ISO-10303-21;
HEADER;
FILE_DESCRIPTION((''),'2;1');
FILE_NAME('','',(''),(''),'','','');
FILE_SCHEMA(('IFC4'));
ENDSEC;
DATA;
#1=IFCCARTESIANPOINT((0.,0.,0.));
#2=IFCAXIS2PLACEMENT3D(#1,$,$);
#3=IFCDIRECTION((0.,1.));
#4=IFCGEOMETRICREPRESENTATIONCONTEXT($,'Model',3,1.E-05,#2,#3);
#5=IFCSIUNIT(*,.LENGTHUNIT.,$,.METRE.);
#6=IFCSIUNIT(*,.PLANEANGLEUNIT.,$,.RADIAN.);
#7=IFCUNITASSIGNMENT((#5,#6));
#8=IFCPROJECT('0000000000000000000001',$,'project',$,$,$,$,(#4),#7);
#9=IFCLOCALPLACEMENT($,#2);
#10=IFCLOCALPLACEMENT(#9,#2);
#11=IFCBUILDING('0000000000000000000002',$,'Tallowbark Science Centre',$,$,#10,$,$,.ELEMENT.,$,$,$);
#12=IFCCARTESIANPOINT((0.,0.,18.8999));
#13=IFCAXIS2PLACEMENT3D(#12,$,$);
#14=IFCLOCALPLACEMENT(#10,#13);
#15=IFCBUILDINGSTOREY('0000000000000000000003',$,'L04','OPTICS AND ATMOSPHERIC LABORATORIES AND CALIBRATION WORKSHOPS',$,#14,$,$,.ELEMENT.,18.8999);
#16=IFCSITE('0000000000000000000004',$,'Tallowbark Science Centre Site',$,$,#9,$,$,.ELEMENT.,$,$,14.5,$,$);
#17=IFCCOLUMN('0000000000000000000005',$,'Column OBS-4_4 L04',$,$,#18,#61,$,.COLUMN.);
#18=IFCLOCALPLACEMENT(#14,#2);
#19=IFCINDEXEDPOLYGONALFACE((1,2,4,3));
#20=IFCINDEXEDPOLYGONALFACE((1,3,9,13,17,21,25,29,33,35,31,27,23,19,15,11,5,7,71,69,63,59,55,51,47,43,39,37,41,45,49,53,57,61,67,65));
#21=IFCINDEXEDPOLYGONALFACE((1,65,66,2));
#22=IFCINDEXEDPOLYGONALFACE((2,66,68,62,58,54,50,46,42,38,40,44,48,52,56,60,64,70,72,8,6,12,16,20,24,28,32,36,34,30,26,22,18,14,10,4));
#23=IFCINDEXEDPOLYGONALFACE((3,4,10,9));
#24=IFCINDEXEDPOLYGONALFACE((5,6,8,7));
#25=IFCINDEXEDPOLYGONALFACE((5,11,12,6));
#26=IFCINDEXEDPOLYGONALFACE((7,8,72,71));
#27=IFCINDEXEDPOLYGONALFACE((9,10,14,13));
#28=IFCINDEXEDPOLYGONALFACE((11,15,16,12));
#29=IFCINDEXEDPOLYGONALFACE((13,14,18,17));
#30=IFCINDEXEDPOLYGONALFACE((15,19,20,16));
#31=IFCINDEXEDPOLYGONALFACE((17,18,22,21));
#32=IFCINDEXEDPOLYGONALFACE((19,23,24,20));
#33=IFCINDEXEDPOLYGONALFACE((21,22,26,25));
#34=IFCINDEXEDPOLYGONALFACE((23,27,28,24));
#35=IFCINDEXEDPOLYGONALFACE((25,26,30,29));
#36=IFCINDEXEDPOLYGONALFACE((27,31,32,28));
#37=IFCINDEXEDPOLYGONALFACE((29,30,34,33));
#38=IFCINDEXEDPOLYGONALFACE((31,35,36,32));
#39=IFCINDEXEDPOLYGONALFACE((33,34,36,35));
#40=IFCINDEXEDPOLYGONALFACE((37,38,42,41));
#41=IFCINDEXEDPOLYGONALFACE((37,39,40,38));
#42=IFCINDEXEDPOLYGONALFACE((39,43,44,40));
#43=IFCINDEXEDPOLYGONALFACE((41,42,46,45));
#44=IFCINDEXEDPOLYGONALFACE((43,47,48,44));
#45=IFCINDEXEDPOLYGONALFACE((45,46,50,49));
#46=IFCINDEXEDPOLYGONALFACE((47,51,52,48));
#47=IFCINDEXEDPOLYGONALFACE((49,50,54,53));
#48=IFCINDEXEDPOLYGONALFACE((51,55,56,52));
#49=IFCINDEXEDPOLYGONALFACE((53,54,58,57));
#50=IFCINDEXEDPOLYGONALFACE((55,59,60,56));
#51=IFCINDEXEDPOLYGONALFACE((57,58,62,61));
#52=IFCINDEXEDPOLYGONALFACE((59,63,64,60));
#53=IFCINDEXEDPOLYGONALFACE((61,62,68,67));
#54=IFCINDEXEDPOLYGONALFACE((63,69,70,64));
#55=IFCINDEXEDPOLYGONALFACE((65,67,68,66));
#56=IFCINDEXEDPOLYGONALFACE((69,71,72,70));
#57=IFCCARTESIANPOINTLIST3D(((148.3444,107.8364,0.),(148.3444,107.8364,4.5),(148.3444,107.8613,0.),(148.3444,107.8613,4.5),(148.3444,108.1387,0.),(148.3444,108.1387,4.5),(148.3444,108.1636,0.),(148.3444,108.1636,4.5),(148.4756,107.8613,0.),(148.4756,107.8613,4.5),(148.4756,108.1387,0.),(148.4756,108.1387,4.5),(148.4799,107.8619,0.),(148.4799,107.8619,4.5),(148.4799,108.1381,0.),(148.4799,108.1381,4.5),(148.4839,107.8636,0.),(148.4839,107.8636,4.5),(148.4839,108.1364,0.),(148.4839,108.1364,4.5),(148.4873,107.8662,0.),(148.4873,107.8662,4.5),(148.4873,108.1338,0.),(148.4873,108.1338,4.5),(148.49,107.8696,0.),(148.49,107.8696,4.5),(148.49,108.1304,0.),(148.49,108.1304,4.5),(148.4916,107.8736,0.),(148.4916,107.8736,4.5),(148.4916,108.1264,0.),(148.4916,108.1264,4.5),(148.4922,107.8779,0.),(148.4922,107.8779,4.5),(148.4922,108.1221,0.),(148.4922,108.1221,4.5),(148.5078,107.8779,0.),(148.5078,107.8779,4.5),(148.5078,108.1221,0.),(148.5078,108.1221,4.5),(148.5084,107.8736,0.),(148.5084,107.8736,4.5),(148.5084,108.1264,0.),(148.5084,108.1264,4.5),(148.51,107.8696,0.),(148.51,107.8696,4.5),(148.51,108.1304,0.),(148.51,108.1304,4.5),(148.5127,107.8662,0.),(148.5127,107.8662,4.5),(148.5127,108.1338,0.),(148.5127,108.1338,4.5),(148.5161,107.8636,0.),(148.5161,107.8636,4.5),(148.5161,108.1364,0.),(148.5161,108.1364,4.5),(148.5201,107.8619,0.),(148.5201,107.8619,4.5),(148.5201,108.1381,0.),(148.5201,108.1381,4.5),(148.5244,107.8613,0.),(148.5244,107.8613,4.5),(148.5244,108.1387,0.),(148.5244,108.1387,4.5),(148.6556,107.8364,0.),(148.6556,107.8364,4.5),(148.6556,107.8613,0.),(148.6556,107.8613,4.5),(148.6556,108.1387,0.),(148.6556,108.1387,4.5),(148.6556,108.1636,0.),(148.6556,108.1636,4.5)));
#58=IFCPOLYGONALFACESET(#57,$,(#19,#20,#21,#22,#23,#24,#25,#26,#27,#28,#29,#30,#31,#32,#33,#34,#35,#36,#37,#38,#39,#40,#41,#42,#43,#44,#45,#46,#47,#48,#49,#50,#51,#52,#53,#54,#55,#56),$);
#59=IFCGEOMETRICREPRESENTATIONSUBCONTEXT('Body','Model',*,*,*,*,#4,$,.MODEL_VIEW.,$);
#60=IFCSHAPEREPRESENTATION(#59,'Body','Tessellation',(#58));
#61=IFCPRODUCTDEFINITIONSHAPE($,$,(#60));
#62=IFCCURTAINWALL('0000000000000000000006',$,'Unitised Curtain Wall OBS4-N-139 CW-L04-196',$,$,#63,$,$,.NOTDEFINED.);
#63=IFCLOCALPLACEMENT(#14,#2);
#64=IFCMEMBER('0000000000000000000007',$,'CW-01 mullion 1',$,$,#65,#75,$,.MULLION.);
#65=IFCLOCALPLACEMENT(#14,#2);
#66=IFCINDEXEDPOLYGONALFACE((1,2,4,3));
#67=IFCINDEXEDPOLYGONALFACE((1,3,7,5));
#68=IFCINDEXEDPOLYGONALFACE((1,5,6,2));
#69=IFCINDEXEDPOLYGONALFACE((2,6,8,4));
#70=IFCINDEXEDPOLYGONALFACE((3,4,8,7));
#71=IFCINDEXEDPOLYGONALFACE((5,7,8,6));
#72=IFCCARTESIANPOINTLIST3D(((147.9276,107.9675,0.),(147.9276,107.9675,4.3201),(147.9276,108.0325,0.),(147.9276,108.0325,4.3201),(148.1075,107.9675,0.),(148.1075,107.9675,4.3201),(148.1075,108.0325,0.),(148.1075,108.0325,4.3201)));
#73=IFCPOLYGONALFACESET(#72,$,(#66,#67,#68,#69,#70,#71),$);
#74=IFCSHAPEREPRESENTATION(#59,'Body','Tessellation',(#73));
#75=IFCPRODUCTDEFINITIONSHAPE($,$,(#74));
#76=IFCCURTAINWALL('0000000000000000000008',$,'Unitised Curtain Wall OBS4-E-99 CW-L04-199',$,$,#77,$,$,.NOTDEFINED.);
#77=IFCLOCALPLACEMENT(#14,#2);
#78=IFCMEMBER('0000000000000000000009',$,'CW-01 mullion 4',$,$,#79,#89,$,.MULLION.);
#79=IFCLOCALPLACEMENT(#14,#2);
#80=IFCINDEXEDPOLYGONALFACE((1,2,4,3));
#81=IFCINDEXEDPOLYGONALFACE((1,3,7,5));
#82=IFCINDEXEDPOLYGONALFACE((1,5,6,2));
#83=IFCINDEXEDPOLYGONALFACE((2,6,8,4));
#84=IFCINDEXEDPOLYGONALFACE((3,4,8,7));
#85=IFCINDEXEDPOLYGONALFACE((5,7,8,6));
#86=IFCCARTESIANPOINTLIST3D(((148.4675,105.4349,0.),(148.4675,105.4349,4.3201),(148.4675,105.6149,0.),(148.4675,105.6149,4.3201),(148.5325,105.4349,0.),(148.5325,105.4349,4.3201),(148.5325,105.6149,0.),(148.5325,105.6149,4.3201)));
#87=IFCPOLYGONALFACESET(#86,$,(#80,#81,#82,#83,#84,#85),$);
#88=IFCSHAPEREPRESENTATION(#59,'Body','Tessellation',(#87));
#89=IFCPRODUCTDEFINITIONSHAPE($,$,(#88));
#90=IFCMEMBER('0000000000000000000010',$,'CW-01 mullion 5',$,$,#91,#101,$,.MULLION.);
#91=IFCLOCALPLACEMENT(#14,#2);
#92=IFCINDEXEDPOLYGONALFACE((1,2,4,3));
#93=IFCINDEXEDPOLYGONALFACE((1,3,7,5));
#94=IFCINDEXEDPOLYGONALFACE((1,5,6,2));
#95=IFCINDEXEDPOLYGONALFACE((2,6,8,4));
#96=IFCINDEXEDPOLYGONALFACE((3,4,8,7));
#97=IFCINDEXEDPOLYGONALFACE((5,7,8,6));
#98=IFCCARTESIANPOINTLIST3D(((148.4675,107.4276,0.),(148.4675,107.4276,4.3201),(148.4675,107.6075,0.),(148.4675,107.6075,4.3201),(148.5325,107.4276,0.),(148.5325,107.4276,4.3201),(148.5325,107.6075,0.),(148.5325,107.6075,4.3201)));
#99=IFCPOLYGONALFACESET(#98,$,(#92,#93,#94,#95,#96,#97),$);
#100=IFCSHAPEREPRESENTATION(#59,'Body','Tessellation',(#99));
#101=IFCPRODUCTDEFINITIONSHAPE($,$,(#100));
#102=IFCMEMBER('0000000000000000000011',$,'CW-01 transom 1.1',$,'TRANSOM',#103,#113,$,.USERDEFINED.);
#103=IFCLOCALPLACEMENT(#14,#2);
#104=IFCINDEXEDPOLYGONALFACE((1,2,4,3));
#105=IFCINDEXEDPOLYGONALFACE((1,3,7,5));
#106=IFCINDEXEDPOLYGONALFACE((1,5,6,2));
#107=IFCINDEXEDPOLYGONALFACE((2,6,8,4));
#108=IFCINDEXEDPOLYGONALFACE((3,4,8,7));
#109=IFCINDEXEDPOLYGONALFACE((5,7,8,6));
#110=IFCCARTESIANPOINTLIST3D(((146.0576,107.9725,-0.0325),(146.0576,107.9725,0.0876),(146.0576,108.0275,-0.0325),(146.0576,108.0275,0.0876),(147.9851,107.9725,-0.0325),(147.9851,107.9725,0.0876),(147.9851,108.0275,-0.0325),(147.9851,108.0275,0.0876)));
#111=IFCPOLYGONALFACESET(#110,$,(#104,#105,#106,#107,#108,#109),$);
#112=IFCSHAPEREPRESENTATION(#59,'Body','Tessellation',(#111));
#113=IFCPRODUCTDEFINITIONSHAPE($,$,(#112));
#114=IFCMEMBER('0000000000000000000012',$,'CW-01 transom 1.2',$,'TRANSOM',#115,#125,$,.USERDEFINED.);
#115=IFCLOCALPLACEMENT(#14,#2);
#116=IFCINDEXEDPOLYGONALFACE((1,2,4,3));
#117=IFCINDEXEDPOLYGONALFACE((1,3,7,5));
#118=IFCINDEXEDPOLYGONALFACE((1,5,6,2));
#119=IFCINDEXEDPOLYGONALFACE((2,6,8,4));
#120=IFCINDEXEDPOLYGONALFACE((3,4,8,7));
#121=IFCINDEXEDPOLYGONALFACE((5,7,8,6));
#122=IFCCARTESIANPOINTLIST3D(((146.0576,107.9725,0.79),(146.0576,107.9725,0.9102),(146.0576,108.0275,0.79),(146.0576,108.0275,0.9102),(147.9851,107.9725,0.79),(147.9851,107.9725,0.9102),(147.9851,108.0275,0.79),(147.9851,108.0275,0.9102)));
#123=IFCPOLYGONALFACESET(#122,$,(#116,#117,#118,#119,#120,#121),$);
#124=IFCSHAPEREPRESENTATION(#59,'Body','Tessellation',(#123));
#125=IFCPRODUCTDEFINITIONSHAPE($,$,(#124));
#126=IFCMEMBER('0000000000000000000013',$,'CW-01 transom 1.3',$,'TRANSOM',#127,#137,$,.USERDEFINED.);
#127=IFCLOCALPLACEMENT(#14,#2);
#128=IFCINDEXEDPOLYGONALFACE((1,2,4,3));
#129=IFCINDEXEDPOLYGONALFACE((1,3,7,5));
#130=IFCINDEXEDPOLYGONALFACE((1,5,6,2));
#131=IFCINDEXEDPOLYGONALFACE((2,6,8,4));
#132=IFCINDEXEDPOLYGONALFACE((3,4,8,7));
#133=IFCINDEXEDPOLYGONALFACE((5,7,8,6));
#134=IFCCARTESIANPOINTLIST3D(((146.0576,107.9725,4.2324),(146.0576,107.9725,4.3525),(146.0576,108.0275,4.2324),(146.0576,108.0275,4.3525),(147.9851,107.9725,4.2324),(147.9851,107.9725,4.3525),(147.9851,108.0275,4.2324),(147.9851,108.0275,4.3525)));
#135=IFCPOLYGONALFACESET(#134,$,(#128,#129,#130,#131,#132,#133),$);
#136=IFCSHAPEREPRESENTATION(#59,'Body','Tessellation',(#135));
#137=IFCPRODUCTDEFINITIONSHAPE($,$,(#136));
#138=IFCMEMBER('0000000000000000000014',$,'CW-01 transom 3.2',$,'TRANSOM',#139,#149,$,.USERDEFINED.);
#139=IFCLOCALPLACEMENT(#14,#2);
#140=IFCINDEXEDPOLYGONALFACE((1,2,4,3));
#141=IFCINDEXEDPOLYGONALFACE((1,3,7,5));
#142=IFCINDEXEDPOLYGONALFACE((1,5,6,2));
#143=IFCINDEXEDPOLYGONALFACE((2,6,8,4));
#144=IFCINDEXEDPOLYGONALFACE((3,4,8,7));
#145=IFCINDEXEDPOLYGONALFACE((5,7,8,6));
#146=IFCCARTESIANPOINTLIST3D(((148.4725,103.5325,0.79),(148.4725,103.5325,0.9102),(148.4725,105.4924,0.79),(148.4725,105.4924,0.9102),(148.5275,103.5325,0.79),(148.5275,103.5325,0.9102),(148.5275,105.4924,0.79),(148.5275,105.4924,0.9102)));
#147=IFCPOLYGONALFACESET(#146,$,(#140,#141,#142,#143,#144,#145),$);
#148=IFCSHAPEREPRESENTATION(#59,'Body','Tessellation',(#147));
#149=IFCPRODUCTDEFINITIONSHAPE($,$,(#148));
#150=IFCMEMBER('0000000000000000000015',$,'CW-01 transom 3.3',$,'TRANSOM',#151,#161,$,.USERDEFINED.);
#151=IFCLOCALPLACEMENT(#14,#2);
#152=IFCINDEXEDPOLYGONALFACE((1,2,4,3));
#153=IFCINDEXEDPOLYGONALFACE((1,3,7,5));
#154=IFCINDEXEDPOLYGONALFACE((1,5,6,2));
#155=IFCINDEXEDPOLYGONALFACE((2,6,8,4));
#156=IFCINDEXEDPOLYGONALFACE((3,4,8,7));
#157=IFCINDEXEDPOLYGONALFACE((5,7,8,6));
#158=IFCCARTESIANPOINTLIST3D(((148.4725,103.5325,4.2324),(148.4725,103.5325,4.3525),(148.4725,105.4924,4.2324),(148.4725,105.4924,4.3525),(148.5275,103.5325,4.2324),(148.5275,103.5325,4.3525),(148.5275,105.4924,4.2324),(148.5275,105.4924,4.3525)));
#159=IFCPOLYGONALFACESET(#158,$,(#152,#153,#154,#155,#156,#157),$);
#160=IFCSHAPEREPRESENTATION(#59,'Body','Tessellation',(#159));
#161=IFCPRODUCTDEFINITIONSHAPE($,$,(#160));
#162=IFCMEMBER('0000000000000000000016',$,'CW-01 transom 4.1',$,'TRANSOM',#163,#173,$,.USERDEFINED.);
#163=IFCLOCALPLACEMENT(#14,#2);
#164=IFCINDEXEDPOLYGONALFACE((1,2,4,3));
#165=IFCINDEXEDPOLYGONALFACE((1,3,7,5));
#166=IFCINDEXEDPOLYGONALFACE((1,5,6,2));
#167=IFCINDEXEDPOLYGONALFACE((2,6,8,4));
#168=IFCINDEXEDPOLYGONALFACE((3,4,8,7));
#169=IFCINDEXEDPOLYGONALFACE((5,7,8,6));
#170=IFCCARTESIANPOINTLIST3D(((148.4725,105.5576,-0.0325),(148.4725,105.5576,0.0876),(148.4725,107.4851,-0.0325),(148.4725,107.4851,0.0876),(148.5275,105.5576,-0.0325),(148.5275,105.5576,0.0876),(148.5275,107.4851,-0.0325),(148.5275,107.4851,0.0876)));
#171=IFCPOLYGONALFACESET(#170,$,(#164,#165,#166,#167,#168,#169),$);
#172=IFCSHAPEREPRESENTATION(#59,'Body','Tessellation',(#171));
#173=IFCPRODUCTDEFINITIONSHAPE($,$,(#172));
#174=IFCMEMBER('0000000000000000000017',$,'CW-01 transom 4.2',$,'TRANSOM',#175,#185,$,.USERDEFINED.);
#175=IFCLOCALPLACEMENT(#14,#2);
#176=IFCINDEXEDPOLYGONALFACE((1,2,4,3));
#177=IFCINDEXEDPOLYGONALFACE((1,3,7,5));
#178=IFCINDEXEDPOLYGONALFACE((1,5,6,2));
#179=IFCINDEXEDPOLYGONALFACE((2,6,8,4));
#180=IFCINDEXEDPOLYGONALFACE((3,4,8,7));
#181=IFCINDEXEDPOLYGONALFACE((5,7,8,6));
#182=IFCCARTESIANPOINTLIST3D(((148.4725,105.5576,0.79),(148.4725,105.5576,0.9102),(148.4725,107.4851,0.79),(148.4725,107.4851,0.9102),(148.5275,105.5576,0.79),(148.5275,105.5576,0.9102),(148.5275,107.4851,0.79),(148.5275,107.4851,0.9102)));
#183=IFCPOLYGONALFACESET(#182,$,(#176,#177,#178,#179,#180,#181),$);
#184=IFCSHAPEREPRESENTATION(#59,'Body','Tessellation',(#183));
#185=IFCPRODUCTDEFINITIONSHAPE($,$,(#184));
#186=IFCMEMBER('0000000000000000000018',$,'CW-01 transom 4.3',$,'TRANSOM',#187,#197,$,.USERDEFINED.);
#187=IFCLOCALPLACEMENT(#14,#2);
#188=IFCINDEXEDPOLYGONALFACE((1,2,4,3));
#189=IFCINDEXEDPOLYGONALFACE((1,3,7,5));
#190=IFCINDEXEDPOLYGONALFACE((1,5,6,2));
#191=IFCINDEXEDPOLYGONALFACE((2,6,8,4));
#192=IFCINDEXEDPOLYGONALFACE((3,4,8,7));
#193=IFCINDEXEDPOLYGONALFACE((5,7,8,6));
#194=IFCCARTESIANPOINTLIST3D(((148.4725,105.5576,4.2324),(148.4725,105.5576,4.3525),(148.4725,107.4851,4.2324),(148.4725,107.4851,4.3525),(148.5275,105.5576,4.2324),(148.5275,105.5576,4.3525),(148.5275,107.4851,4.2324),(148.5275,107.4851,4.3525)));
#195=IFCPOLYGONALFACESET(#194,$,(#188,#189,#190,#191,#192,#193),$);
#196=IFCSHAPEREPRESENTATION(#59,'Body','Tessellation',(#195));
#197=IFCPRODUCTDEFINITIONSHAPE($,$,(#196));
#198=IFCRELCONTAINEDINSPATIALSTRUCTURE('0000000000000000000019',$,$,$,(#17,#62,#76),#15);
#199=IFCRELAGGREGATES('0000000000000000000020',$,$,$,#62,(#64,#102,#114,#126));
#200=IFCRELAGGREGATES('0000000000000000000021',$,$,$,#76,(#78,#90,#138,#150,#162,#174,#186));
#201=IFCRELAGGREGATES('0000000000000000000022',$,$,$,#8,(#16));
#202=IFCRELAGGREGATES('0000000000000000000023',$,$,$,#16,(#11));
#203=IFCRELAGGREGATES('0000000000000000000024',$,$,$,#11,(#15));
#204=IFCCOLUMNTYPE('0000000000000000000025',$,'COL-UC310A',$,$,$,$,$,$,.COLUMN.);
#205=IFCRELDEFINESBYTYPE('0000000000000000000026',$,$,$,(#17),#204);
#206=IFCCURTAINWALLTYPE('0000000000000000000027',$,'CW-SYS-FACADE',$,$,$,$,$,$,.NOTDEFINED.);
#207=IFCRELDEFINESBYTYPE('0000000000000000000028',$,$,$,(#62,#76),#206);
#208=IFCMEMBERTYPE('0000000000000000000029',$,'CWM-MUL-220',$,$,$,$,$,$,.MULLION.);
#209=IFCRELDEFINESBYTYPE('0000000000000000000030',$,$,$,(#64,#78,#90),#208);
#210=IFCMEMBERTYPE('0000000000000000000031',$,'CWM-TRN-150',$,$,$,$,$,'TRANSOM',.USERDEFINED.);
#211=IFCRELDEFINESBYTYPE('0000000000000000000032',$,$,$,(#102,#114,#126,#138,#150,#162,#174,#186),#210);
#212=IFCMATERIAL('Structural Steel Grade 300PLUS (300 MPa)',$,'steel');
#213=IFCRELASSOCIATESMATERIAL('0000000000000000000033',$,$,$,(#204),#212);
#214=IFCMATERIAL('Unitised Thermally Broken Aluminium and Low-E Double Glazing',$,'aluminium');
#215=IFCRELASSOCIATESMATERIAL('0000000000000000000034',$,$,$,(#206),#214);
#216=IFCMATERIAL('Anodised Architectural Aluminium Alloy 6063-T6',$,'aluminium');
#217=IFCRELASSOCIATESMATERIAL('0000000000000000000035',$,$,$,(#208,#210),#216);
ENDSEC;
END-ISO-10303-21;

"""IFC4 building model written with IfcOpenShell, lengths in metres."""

from ifc_helpers import new_model, si_unit, direction, frame, origin, origin_2d, place, context, subcontext, project, spatial, rectangle, i_section, extrude, material, material_profile, profile_set, type_object, element, aggregate, save


model = new_model("IFC4")

# Units and contexts
model_context = context("Model", 3, precision=1e-05, world=origin(), true_north=direction((0.0, 1.0)))
body_context = subcontext(model_context, "Body", "Model", "MODEL_VIEW")
ifc_project = project(units=[si_unit("LENGTHUNIT", "METRE"), si_unit("PLANEANGLEUNIT", "RADIAN")], contexts=[model_context])

# Site, building, storey
site_placement = place(None, origin())
site = spatial("IfcSite", under=ifc_project, at=site_placement, Name="Tallowbark Science Centre Site", CompositionType="ELEMENT", RefElevation=14.5)
building_placement = place(site_placement, origin())
building = spatial("IfcBuilding", under=site, at=building_placement, Name="Tallowbark Science Centre", CompositionType="ELEMENT")
storey_placement = place(building_placement, frame((0.0, 0.0, 18.8999)))
storey = spatial("IfcBuildingStorey", under=building, at=storey_placement, Name="L04", Description="OPTICS AND ATMOSPHERIC LABORATORIES AND CALIBRATION WORKSHOPS", CompositionType="ELEMENT", Elevation=18.8999)

# Column
ifc_material_1 = material(Name="Structural Steel Grade 300PLUS (300 MPa)", Category="steel")
ifc_material_profile_1 = material_profile(ifc_material_1, i_section(OverallWidth=0.3113, OverallDepth=0.3271, WebThickness=0.0156, FlangeThickness=0.0249, FilletRadius=0.0166, at=origin_2d()), Name="310UC158")
ifc_profile_set_1 = profile_set([ifc_material_profile_1], Name="Structural Steel Grade 300PLUS (300 MPa)")
column_type = type_object("IfcColumnType", Name="COL-UC310A", PredefinedType="COLUMN", material=ifc_profile_set_1)
column_placement = place(storey_placement, frame((148.5, 108.0, 0.0), z_axis=(0.0, 0.0, 1.0), x_axis=(1.0, 0.0, 0.0)))
element("IfcColumn", 1, at=column_placement, inside=storey, type_object=column_type, Name="Column OBS-4_4 L04", PredefinedType="COLUMN", context=body_context, shape_type="SweptSolid", body=[
    extrude(i_section(OverallWidth=0.3113, OverallDepth=0.3271, WebThickness=0.0156, FlangeThickness=0.0249, FilletRadius=0.0166, at=origin_2d()), origin(), (0.0, 0.0, 1.0), 4.5),
])

# Curtain wall, member
ifc_material_2 = material(Name="Unitised Thermally Broken Aluminium and Low-E Double Glazing", Category="aluminium")
curtain_wall_type = type_object("IfcCurtainWallType", Name="CW-SYS-FACADE", PredefinedType="NOTDEFINED", material=ifc_material_2)
curtain_wall_1_placement = place(storey_placement, origin())
curtain_wall_1 = element("IfcCurtainWall", 2, at=curtain_wall_1_placement, inside=storey, type_object=curtain_wall_type, Name="Unitised Curtain Wall OBS4-N-139 CW-L04-196", PredefinedType="NOTDEFINED")
ifc_material_3 = material(Name="Anodised Architectural Aluminium Alloy 6063-T6", Category="aluminium")
ifc_material_profile_2 = material_profile(ifc_material_3, rectangle(XDim=0.0649, YDim=0.1799, at=origin_2d()), Name="ALU65x180")
ifc_profile_set_2 = profile_set([ifc_material_profile_2], Name="Anodised Architectural Aluminium Alloy 6063-T6")
member_type_1 = type_object("IfcMemberType", Name="CWM-MUL-220", PredefinedType="MULLION", material=ifc_profile_set_2)
member_1_placement = place(storey_placement, frame((148.0176, 108.0, 0.0), z_axis=(0.0, 0.0, 1.0), x_axis=(0.0, -1.0, 0.0)))
member_1 = element("IfcMember", 3, at=member_1_placement, type_object=member_type_1, Name="CW-01 mullion 1", PredefinedType="MULLION", context=body_context, shape_type="SweptSolid", body=[
    extrude(rectangle(XDim=0.0649, YDim=0.1799, at=origin_2d()), origin(), (0.0, 0.0, 1.0), 4.3201),
])

# Curtain wall, members
curtain_wall_2_placement = place(storey_placement, origin())
curtain_wall_2 = element("IfcCurtainWall", 4, at=curtain_wall_2_placement, inside=storey, type_object=curtain_wall_type, Name="Unitised Curtain Wall OBS4-E-99 CW-L04-199", PredefinedType="NOTDEFINED")
member_2_placement = place(storey_placement, frame((148.5, 105.5249, 0.0), z_axis=(0.0, 0.0, 1.0), x_axis=(-1.0, 0.0, 0.0)))
member_2 = element("IfcMember", 5, at=member_2_placement, type_object=member_type_1, Name="CW-01 mullion 4", PredefinedType="MULLION", context=body_context, shape_type="SweptSolid", body=[
    extrude(rectangle(XDim=0.0649, YDim=0.1799, at=origin_2d()), origin(), (0.0, 0.0, 1.0), 4.3201),
])
member_3_placement = place(storey_placement, frame((148.5, 107.5176, 0.0), z_axis=(0.0, 0.0, 1.0), x_axis=(-1.0, 0.0, 0.0)))
member_3 = element("IfcMember", 6, at=member_3_placement, type_object=member_type_1, Name="CW-01 mullion 5", PredefinedType="MULLION", context=body_context, shape_type="SweptSolid", body=[
    extrude(rectangle(XDim=0.0649, YDim=0.1799, at=origin_2d()), origin(), (0.0, 0.0, 1.0), 4.3201),
])

# Members
ifc_material_profile_3 = material_profile(ifc_material_3, rectangle(XDim=0.0549, YDim=0.1201, at=origin_2d()), Name="ALU55x120")
ifc_profile_set_3 = profile_set([ifc_material_profile_3], Name="Anodised Architectural Aluminium Alloy 6063-T6")
member_type_2 = type_object("IfcMemberType", Name="CWM-TRN-150", ElementType="TRANSOM", PredefinedType="USERDEFINED", material=ifc_profile_set_3)
member_4_placement = place(storey_placement, frame((147.9851, 108.0, 0.0276), z_axis=(-1.0, 0.0, 0.0), x_axis=(0.0, -1.0, 0.0)))
member_4 = element("IfcMember", 7, at=member_4_placement, type_object=member_type_2, Name="CW-01 transom 1.1", ObjectType="TRANSOM", PredefinedType="USERDEFINED", context=body_context, shape_type="SweptSolid", body=[
    extrude(rectangle(XDim=0.0549, YDim=0.1201, at=origin_2d()), origin(), (0.0, 0.0, 1.0), 1.9275),
])
member_5_placement = place(storey_placement, frame((147.9851, 108.0, 0.8501), z_axis=(-1.0, 0.0, 0.0), x_axis=(0.0, -1.0, 0.0)))
member_5 = element("IfcMember", 8, at=member_5_placement, type_object=member_type_2, Name="CW-01 transom 1.2", ObjectType="TRANSOM", PredefinedType="USERDEFINED", context=body_context, shape_type="SweptSolid", body=[
    extrude(rectangle(XDim=0.0549, YDim=0.1201, at=origin_2d()), origin(), (0.0, 0.0, 1.0), 1.9275),
])
member_6_placement = place(storey_placement, frame((147.9851, 108.0, 4.2925), z_axis=(-1.0, 0.0, 0.0), x_axis=(0.0, -1.0, 0.0)))
member_6 = element("IfcMember", 9, at=member_6_placement, type_object=member_type_2, Name="CW-01 transom 1.3", ObjectType="TRANSOM", PredefinedType="USERDEFINED", context=body_context, shape_type="SweptSolid", body=[
    extrude(rectangle(XDim=0.0549, YDim=0.1201, at=origin_2d()), origin(), (0.0, 0.0, 1.0), 1.9275),
])
aggregate(curtain_wall_1, [member_1, member_4, member_5, member_6])
member_7_placement = place(storey_placement, frame((148.5, 103.5325, 0.8501), z_axis=(0.0, 1.0, 0.0), x_axis=(-1.0, 0.0, 0.0)))
member_7 = element("IfcMember", 10, at=member_7_placement, type_object=member_type_2, Name="CW-01 transom 3.2", ObjectType="TRANSOM", PredefinedType="USERDEFINED", context=body_context, shape_type="SweptSolid", body=[
    extrude(rectangle(XDim=0.0549, YDim=0.1201, at=origin_2d()), origin(), (0.0, 0.0, 1.0), 1.96),
])
member_8_placement = place(storey_placement, frame((148.5, 103.5325, 4.2925), z_axis=(0.0, 1.0, 0.0), x_axis=(-1.0, 0.0, 0.0)))
member_8 = element("IfcMember", 11, at=member_8_placement, type_object=member_type_2, Name="CW-01 transom 3.3", ObjectType="TRANSOM", PredefinedType="USERDEFINED", context=body_context, shape_type="SweptSolid", body=[
    extrude(rectangle(XDim=0.0549, YDim=0.1201, at=origin_2d()), origin(), (0.0, 0.0, 1.0), 1.96),
])
member_9_placement = place(storey_placement, frame((148.5, 105.5576, 0.0276), z_axis=(0.0, 1.0, 0.0), x_axis=(-1.0, 0.0, 0.0)))
member_9 = element("IfcMember", 12, at=member_9_placement, type_object=member_type_2, Name="CW-01 transom 4.1", ObjectType="TRANSOM", PredefinedType="USERDEFINED", context=body_context, shape_type="SweptSolid", body=[
    extrude(rectangle(XDim=0.0549, YDim=0.1201, at=origin_2d()), origin(), (0.0, 0.0, 1.0), 1.9275),
])
member_10_placement = place(storey_placement, frame((148.5, 105.5576, 0.8501), z_axis=(0.0, 1.0, 0.0), x_axis=(-1.0, 0.0, 0.0)))
member_10 = element("IfcMember", 13, at=member_10_placement, type_object=member_type_2, Name="CW-01 transom 4.2", ObjectType="TRANSOM", PredefinedType="USERDEFINED", context=body_context, shape_type="SweptSolid", body=[
    extrude(rectangle(XDim=0.0549, YDim=0.1201, at=origin_2d()), origin(), (0.0, 0.0, 1.0), 1.9275),
])
member_11_placement = place(storey_placement, frame((148.5, 105.5576, 4.2925), z_axis=(0.0, 1.0, 0.0), x_axis=(-1.0, 0.0, 0.0)))
member_11 = element("IfcMember", 14, at=member_11_placement, type_object=member_type_2, Name="CW-01 transom 4.3", ObjectType="TRANSOM", PredefinedType="USERDEFINED", context=body_context, shape_type="SweptSolid", body=[
    extrude(rectangle(XDim=0.0549, YDim=0.1201, at=origin_2d()), origin(), (0.0, 0.0, 1.0), 1.9275),
])

aggregate(curtain_wall_2, [member_2, member_3, member_7, member_8, member_9, member_10, member_11])

save(model, "model.ifc")
